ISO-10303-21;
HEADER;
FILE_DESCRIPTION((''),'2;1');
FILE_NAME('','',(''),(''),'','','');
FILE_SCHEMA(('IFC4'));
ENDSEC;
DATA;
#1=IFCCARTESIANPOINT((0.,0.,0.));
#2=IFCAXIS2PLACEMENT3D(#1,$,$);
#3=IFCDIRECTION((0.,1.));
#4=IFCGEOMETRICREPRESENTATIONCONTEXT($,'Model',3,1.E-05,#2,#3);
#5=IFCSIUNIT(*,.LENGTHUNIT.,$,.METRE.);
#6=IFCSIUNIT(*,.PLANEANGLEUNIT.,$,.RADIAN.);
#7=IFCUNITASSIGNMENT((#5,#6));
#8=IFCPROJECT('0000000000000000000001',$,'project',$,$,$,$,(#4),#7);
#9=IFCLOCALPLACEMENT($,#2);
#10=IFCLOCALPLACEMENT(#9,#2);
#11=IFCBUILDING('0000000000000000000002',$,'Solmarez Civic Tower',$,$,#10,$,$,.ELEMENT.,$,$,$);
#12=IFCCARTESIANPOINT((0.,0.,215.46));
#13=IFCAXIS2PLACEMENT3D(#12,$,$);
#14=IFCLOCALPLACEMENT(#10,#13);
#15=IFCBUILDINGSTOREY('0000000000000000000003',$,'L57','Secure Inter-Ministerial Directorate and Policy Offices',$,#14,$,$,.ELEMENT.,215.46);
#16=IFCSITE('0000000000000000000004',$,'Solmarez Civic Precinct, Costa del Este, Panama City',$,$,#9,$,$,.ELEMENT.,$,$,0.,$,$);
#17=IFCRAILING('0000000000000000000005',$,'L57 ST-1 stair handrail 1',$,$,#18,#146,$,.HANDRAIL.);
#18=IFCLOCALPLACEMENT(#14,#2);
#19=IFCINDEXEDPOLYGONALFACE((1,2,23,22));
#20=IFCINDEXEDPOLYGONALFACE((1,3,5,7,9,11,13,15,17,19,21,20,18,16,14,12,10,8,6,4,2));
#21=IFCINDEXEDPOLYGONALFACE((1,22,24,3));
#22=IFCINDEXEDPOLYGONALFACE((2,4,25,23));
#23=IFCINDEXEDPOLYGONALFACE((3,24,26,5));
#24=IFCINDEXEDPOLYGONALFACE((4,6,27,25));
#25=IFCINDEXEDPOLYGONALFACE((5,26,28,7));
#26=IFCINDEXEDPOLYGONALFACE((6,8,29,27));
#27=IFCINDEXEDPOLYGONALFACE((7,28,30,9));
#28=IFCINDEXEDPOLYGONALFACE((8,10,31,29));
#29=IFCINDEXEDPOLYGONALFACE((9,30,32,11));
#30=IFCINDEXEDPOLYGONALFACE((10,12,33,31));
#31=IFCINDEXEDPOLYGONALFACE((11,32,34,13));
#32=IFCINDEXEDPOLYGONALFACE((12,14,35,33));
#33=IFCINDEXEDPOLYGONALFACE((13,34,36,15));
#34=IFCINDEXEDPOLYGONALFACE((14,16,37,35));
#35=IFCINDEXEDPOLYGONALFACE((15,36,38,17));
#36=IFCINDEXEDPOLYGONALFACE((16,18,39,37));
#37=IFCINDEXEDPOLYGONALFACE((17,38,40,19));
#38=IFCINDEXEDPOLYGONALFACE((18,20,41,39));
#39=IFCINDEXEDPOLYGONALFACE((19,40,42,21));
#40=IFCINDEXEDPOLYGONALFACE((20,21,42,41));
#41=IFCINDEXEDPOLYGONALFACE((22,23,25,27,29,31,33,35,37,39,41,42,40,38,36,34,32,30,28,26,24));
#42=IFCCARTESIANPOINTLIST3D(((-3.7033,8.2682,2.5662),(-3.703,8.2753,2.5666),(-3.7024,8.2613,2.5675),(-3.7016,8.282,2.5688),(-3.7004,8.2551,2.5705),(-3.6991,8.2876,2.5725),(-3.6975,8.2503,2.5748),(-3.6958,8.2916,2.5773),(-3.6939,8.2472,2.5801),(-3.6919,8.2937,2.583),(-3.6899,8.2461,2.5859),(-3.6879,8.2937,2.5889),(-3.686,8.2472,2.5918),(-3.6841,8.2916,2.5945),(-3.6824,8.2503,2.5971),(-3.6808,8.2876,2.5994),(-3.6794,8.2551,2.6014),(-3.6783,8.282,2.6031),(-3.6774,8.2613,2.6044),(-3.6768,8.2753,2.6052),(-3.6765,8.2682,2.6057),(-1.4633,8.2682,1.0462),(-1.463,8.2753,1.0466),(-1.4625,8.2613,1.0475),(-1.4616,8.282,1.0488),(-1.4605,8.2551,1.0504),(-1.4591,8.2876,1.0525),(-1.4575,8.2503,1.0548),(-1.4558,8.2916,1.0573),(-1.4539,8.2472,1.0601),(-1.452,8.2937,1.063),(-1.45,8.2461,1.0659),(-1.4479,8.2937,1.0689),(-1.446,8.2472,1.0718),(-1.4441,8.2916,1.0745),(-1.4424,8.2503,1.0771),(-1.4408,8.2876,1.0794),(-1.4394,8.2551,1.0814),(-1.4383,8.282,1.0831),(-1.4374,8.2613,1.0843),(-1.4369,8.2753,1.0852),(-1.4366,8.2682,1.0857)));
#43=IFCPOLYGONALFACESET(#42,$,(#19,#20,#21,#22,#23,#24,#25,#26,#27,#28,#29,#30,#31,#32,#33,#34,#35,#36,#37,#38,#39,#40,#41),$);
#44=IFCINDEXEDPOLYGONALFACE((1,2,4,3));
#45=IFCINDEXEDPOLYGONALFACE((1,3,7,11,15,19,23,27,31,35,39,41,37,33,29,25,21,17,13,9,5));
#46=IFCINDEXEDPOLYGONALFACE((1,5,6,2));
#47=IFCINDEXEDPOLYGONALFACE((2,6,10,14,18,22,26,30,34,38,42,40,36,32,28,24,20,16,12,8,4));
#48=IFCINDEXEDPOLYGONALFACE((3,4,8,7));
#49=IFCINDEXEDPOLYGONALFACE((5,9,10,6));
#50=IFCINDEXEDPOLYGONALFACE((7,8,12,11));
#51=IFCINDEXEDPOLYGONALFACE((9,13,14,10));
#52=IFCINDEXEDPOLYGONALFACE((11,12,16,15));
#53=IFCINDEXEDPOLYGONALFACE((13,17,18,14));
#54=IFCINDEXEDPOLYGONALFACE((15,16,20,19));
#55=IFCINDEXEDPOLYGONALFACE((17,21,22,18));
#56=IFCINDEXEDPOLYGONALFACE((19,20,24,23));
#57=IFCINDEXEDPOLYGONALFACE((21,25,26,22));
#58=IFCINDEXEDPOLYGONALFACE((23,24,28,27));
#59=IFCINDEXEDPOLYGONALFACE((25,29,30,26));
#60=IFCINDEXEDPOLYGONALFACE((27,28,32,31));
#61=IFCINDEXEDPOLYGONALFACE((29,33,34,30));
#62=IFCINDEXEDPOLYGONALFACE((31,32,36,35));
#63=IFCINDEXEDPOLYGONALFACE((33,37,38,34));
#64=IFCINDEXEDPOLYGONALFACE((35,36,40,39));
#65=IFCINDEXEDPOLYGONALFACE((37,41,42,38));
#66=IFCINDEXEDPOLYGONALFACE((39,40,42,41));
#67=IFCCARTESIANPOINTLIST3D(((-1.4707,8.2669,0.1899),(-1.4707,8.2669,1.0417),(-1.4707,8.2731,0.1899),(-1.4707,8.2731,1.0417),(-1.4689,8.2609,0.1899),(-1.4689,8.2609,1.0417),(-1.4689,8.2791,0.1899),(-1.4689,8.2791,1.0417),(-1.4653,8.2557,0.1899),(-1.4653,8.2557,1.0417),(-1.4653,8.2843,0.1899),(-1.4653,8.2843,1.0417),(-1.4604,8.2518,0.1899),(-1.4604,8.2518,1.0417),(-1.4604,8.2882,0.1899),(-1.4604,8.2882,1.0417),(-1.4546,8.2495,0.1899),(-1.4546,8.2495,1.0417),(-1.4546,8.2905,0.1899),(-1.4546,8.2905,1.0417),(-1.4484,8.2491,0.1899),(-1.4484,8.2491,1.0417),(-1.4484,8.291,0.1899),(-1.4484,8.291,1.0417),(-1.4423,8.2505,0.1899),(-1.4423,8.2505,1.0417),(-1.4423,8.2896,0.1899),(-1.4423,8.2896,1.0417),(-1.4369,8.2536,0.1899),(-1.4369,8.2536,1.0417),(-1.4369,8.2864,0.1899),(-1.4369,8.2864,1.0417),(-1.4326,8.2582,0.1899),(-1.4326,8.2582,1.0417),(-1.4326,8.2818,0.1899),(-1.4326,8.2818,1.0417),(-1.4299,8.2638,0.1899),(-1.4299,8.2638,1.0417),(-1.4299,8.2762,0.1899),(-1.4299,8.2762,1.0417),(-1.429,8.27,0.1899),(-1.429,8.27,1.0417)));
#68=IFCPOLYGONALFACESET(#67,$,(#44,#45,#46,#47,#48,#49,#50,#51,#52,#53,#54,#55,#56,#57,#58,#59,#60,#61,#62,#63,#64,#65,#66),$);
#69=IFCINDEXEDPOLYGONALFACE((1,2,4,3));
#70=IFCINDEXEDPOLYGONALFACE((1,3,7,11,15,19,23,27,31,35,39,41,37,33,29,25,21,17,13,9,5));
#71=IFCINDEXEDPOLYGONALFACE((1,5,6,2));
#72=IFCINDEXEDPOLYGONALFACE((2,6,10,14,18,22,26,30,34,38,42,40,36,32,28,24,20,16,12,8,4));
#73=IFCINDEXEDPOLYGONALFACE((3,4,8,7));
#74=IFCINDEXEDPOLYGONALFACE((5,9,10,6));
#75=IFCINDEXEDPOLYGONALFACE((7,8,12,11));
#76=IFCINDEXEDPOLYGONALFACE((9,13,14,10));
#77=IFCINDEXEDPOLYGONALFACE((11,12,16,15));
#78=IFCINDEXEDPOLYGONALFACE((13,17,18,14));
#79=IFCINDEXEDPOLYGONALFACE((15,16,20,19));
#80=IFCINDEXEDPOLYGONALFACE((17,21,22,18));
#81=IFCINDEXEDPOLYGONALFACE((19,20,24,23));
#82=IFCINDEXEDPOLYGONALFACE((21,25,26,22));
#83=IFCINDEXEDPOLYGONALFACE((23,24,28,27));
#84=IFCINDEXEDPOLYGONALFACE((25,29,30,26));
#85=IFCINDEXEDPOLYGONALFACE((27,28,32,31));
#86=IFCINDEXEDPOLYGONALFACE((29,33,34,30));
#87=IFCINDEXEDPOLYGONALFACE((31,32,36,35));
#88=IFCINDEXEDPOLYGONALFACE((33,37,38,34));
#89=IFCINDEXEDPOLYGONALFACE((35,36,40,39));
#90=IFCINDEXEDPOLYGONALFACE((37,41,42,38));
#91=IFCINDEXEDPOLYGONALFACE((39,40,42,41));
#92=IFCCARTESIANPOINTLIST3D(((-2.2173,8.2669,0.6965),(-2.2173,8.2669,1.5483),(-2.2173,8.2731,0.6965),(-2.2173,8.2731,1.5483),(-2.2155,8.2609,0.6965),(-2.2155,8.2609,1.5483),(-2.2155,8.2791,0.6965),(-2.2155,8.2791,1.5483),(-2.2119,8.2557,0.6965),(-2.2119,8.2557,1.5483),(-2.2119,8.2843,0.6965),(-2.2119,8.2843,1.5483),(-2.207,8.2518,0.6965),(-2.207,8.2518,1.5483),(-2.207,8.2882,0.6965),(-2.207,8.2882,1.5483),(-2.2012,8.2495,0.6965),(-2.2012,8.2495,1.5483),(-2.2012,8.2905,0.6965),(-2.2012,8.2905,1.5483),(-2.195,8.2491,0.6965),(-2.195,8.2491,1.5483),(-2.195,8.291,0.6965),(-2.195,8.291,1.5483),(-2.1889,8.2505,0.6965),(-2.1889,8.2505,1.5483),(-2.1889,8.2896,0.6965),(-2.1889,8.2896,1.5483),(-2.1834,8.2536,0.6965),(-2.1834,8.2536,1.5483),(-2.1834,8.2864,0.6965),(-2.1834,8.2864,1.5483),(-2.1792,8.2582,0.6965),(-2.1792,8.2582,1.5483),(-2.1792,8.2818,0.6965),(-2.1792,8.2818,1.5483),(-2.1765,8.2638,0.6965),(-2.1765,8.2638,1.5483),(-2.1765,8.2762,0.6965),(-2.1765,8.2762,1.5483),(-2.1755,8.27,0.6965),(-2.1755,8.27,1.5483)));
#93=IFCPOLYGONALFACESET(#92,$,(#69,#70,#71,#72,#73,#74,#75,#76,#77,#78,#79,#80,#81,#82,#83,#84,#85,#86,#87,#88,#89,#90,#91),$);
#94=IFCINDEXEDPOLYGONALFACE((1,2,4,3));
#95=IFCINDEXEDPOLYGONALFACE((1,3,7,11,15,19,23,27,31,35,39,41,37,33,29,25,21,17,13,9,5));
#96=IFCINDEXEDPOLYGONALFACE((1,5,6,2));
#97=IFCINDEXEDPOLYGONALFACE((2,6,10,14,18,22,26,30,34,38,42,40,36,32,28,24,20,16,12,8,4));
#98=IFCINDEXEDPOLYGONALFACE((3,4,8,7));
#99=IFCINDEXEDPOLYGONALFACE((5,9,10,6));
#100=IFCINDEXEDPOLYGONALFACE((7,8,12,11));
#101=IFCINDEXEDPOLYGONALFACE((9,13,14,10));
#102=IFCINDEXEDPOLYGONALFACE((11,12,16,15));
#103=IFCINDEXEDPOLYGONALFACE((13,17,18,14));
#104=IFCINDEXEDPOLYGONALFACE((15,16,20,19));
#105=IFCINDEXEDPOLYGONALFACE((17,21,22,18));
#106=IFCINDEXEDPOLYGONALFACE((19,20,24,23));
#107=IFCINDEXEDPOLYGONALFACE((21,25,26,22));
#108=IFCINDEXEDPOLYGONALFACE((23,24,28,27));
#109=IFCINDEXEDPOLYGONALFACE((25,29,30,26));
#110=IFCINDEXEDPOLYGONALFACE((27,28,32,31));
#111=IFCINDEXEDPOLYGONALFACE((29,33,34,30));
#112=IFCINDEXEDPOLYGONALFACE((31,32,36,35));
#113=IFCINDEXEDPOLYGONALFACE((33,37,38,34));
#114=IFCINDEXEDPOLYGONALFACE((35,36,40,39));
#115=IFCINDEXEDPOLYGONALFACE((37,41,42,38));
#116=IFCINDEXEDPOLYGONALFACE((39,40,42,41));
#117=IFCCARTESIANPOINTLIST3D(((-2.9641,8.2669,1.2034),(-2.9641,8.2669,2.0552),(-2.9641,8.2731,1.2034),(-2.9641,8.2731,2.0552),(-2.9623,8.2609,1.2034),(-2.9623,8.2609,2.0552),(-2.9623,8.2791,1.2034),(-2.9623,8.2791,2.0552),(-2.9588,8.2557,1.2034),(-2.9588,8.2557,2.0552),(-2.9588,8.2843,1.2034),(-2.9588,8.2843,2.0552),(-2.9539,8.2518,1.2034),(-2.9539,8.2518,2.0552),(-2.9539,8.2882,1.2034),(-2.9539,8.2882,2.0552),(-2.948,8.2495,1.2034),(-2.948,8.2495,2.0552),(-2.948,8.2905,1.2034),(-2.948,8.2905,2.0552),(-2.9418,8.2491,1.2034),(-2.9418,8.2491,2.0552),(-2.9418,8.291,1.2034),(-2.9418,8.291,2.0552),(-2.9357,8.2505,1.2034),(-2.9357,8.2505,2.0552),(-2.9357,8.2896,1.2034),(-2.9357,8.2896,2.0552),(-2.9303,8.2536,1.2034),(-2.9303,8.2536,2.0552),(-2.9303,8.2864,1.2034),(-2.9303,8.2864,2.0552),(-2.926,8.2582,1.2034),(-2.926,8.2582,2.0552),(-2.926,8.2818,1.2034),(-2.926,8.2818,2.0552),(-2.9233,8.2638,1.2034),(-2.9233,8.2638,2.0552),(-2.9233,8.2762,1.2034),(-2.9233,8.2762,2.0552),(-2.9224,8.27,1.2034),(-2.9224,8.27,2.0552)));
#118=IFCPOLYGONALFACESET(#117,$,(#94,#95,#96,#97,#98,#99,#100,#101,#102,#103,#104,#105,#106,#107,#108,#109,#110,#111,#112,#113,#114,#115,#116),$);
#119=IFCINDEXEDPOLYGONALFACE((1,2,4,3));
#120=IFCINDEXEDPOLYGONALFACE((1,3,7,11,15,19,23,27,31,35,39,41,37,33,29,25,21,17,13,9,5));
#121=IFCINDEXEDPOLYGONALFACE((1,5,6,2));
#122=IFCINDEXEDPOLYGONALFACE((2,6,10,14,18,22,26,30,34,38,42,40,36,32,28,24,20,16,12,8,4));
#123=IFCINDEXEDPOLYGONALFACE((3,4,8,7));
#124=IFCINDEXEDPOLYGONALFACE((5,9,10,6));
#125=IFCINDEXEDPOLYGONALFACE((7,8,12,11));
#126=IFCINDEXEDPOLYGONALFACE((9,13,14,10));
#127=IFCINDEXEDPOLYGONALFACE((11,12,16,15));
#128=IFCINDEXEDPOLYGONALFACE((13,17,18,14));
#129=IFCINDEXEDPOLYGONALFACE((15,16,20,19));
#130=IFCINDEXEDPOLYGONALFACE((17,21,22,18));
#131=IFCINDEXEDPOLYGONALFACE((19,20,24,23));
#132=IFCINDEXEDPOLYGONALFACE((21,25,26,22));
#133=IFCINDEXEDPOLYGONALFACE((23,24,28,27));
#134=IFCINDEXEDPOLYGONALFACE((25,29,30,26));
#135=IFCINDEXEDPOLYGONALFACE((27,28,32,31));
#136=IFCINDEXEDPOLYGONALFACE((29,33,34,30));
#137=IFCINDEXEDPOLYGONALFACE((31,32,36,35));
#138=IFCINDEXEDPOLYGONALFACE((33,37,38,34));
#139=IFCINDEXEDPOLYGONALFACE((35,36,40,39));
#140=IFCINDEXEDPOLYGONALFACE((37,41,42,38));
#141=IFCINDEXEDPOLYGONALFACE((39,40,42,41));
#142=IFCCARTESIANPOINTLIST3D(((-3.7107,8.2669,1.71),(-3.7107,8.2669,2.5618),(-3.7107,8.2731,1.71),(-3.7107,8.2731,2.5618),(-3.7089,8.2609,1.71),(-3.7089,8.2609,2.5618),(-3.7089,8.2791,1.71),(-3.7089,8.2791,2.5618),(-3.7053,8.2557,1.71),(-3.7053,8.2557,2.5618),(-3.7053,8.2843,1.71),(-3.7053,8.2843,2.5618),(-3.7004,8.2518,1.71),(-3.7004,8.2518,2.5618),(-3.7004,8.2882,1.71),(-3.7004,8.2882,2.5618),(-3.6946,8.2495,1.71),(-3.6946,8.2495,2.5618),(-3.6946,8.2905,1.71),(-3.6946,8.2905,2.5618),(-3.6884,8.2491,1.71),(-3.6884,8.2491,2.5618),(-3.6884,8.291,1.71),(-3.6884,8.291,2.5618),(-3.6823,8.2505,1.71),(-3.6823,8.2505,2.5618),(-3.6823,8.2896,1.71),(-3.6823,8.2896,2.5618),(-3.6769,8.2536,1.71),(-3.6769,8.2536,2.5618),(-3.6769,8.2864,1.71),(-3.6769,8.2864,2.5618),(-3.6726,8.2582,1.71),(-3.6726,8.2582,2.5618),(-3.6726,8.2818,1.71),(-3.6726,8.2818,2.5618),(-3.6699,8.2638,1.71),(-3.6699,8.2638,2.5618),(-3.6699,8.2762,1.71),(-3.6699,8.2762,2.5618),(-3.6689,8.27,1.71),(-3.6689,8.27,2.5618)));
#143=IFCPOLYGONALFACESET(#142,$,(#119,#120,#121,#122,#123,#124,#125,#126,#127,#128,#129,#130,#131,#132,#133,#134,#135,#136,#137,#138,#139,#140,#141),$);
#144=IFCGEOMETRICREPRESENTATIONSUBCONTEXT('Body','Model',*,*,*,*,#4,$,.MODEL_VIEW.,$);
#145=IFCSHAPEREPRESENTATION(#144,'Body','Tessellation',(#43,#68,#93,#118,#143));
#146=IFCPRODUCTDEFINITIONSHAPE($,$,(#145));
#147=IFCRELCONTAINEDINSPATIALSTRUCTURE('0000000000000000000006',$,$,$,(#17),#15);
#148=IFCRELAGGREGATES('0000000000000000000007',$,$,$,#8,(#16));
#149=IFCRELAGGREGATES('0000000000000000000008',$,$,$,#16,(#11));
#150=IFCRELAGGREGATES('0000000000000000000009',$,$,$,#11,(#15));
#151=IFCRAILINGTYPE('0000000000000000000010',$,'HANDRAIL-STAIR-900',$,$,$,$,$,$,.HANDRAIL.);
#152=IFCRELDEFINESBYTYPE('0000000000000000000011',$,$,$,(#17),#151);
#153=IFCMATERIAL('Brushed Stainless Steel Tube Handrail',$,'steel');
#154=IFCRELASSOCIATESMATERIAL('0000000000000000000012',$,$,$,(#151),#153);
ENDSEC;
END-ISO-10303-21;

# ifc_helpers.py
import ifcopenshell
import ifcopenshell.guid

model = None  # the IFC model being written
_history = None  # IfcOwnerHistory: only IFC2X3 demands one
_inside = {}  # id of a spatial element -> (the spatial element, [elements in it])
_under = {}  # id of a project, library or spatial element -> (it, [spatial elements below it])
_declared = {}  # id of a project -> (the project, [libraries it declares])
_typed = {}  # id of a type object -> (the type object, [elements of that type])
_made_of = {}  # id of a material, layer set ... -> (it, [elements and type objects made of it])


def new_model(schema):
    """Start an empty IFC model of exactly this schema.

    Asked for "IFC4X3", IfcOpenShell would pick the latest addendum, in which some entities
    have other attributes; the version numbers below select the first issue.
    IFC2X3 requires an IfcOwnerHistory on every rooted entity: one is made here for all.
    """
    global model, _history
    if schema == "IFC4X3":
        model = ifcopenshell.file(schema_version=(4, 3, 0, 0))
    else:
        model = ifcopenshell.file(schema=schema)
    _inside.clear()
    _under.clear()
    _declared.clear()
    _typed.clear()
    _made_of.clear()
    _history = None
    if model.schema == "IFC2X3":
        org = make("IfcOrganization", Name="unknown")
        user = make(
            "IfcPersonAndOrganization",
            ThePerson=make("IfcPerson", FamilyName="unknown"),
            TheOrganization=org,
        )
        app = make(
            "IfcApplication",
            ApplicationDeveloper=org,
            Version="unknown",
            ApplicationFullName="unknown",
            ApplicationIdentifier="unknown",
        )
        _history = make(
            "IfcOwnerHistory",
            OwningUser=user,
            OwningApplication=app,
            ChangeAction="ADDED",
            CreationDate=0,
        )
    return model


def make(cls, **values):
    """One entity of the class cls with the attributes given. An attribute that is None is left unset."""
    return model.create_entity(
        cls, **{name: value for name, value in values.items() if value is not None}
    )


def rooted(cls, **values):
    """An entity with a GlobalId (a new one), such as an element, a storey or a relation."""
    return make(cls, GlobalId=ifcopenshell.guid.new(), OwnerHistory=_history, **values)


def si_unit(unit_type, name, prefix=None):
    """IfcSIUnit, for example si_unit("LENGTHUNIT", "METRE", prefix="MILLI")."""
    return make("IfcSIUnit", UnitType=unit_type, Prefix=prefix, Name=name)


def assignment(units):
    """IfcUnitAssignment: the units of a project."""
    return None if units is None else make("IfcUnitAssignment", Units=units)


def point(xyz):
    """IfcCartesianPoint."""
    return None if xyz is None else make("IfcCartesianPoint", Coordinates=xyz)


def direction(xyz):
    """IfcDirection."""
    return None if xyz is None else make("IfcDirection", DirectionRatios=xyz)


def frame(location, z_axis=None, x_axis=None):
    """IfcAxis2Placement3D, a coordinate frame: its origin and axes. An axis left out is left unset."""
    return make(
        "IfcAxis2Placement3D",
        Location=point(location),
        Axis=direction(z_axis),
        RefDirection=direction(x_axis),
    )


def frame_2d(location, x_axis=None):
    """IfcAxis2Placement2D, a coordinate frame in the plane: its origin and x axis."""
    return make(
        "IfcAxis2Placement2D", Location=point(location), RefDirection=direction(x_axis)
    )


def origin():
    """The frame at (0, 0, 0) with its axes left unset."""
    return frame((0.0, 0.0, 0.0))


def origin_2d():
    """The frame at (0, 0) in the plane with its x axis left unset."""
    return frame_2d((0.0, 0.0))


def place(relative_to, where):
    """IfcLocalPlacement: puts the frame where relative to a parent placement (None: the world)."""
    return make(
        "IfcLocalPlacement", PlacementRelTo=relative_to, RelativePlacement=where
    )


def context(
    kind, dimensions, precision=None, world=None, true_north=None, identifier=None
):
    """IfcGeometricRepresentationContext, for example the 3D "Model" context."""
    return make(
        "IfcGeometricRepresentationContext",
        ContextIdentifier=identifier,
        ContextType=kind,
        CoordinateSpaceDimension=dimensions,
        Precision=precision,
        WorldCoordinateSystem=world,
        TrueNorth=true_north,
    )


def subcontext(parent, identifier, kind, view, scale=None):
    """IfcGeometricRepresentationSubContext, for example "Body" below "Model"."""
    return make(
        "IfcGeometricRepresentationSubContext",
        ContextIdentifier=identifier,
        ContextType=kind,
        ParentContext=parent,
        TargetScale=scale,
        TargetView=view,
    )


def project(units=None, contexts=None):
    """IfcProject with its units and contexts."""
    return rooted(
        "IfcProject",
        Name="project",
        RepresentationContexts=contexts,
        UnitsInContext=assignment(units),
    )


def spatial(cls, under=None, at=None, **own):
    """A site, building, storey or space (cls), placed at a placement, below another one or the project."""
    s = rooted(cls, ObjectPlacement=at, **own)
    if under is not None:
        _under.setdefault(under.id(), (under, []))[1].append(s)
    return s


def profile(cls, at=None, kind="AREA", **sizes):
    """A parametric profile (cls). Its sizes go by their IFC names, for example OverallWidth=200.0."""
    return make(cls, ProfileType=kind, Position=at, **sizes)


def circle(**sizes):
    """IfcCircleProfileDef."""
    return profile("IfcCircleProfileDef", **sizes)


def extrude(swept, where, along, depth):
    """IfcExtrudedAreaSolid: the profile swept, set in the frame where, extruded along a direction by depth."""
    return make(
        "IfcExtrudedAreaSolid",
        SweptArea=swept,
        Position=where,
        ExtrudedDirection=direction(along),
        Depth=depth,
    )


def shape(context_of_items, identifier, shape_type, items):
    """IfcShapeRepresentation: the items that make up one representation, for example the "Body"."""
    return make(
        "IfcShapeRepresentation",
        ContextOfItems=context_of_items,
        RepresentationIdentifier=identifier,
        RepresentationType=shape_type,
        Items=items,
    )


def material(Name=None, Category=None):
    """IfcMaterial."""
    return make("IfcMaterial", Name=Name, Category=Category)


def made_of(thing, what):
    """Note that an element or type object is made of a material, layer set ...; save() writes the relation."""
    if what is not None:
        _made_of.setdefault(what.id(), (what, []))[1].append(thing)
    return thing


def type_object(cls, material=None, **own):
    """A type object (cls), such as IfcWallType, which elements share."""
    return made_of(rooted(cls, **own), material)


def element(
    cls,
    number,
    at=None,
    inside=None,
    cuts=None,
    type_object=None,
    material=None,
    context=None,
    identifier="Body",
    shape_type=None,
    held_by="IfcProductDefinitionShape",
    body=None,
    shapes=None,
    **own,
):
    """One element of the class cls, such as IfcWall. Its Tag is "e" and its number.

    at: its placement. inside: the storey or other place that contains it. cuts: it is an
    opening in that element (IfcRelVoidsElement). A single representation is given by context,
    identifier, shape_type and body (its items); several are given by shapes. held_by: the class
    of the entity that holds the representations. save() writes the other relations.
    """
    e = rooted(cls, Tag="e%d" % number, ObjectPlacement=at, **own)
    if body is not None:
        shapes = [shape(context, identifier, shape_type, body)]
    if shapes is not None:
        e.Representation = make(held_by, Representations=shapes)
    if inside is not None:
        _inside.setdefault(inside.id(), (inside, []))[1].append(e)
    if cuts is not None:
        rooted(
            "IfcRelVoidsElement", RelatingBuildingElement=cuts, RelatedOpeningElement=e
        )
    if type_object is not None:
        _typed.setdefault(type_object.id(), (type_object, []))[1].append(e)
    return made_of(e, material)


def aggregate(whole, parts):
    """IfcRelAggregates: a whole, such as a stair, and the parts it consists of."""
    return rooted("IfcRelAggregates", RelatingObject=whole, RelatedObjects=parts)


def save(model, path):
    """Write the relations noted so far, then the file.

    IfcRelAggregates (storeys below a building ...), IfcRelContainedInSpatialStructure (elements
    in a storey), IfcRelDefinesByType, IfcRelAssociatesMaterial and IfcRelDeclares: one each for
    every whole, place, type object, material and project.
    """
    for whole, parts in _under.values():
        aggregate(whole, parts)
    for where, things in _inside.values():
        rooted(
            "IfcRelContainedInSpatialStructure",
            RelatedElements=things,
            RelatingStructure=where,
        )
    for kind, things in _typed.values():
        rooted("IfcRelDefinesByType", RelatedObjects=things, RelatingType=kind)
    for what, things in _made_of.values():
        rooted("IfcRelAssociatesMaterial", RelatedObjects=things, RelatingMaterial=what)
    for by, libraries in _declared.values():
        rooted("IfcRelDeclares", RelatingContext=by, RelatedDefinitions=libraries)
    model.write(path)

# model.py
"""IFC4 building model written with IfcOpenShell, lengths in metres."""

from ifc_helpers import new_model, si_unit, direction, frame, origin, origin_2d, place, context, subcontext, project, spatial, circle, extrude, material, type_object, element, save


model = new_model("IFC4")

# Units and contexts
model_context = context("Model", 3, precision=1e-05, world=origin(), true_north=direction((0.0, 1.0)))
body_context = subcontext(model_context, "Body", "Model", "MODEL_VIEW")
ifc_project = project(units=[si_unit("LENGTHUNIT", "METRE"), si_unit("PLANEANGLEUNIT", "RADIAN")], contexts=[model_context])

# Site, building, storey
site_placement = place(None, origin())
site = spatial("IfcSite", under=ifc_project, at=site_placement, Name="Solmarez Civic Precinct, Costa del Este, Panama City", CompositionType="ELEMENT", RefElevation=0.0)
building_placement = place(site_placement, origin())
building = spatial("IfcBuilding", under=site, at=building_placement, Name="Solmarez Civic Tower", CompositionType="ELEMENT")
storey_placement = place(building_placement, frame((0.0, 0.0, 215.46)))
storey = spatial("IfcBuildingStorey", under=building, at=storey_placement, Name="L57", Description="Secure Inter-Ministerial Directorate and Policy Offices", CompositionType="ELEMENT", Elevation=215.46)

# Railing
ifc_material_1 = material(Name="Brushed Stainless Steel Tube Handrail", Category="steel")
railing_type_1 = type_object("IfcRailingType", Name="HANDRAIL-STAIR-900", PredefinedType="HANDRAIL", material=ifc_material_1)
railing_1_placement = place(storey_placement, frame((-1.45, 8.27, 0.1899)))
element("IfcRailing", 1, at=railing_1_placement, inside=storey, type_object=railing_type_1, Name="L57 ST-1 stair handrail 1", PredefinedType="HANDRAIL", context=body_context, shape_type="SweptSolid", body=[
    extrude(circle(Radius=0.0239, at=origin_2d()), frame((0.0, 0.0, 0.876), z_axis=(-0.827471, 0.0, 0.561508), x_axis=(0.0, -1.0, 0.0)), (0.0, 0.0, 1.0), 2.707),
    extrude(circle(Radius=0.021, at=origin_2d()), origin(), (0.0, 0.0, 1.0), 0.8518),
    extrude(circle(Radius=0.021, at=origin_2d()), frame((-0.7466, 0.0, 0.5066)), (0.0, 0.0, 1.0), 0.8518),
    extrude(circle(Radius=0.021, at=origin_2d()), frame((-1.4934, 0.0, 1.0134)), (0.0, 0.0, 1.0), 0.8518),
    extrude(circle(Radius=0.021, at=origin_2d()), frame((-2.24, 0.0, 1.52)), (0.0, 0.0, 1.0), 0.8518),
])

save(model, "model.ifc")
